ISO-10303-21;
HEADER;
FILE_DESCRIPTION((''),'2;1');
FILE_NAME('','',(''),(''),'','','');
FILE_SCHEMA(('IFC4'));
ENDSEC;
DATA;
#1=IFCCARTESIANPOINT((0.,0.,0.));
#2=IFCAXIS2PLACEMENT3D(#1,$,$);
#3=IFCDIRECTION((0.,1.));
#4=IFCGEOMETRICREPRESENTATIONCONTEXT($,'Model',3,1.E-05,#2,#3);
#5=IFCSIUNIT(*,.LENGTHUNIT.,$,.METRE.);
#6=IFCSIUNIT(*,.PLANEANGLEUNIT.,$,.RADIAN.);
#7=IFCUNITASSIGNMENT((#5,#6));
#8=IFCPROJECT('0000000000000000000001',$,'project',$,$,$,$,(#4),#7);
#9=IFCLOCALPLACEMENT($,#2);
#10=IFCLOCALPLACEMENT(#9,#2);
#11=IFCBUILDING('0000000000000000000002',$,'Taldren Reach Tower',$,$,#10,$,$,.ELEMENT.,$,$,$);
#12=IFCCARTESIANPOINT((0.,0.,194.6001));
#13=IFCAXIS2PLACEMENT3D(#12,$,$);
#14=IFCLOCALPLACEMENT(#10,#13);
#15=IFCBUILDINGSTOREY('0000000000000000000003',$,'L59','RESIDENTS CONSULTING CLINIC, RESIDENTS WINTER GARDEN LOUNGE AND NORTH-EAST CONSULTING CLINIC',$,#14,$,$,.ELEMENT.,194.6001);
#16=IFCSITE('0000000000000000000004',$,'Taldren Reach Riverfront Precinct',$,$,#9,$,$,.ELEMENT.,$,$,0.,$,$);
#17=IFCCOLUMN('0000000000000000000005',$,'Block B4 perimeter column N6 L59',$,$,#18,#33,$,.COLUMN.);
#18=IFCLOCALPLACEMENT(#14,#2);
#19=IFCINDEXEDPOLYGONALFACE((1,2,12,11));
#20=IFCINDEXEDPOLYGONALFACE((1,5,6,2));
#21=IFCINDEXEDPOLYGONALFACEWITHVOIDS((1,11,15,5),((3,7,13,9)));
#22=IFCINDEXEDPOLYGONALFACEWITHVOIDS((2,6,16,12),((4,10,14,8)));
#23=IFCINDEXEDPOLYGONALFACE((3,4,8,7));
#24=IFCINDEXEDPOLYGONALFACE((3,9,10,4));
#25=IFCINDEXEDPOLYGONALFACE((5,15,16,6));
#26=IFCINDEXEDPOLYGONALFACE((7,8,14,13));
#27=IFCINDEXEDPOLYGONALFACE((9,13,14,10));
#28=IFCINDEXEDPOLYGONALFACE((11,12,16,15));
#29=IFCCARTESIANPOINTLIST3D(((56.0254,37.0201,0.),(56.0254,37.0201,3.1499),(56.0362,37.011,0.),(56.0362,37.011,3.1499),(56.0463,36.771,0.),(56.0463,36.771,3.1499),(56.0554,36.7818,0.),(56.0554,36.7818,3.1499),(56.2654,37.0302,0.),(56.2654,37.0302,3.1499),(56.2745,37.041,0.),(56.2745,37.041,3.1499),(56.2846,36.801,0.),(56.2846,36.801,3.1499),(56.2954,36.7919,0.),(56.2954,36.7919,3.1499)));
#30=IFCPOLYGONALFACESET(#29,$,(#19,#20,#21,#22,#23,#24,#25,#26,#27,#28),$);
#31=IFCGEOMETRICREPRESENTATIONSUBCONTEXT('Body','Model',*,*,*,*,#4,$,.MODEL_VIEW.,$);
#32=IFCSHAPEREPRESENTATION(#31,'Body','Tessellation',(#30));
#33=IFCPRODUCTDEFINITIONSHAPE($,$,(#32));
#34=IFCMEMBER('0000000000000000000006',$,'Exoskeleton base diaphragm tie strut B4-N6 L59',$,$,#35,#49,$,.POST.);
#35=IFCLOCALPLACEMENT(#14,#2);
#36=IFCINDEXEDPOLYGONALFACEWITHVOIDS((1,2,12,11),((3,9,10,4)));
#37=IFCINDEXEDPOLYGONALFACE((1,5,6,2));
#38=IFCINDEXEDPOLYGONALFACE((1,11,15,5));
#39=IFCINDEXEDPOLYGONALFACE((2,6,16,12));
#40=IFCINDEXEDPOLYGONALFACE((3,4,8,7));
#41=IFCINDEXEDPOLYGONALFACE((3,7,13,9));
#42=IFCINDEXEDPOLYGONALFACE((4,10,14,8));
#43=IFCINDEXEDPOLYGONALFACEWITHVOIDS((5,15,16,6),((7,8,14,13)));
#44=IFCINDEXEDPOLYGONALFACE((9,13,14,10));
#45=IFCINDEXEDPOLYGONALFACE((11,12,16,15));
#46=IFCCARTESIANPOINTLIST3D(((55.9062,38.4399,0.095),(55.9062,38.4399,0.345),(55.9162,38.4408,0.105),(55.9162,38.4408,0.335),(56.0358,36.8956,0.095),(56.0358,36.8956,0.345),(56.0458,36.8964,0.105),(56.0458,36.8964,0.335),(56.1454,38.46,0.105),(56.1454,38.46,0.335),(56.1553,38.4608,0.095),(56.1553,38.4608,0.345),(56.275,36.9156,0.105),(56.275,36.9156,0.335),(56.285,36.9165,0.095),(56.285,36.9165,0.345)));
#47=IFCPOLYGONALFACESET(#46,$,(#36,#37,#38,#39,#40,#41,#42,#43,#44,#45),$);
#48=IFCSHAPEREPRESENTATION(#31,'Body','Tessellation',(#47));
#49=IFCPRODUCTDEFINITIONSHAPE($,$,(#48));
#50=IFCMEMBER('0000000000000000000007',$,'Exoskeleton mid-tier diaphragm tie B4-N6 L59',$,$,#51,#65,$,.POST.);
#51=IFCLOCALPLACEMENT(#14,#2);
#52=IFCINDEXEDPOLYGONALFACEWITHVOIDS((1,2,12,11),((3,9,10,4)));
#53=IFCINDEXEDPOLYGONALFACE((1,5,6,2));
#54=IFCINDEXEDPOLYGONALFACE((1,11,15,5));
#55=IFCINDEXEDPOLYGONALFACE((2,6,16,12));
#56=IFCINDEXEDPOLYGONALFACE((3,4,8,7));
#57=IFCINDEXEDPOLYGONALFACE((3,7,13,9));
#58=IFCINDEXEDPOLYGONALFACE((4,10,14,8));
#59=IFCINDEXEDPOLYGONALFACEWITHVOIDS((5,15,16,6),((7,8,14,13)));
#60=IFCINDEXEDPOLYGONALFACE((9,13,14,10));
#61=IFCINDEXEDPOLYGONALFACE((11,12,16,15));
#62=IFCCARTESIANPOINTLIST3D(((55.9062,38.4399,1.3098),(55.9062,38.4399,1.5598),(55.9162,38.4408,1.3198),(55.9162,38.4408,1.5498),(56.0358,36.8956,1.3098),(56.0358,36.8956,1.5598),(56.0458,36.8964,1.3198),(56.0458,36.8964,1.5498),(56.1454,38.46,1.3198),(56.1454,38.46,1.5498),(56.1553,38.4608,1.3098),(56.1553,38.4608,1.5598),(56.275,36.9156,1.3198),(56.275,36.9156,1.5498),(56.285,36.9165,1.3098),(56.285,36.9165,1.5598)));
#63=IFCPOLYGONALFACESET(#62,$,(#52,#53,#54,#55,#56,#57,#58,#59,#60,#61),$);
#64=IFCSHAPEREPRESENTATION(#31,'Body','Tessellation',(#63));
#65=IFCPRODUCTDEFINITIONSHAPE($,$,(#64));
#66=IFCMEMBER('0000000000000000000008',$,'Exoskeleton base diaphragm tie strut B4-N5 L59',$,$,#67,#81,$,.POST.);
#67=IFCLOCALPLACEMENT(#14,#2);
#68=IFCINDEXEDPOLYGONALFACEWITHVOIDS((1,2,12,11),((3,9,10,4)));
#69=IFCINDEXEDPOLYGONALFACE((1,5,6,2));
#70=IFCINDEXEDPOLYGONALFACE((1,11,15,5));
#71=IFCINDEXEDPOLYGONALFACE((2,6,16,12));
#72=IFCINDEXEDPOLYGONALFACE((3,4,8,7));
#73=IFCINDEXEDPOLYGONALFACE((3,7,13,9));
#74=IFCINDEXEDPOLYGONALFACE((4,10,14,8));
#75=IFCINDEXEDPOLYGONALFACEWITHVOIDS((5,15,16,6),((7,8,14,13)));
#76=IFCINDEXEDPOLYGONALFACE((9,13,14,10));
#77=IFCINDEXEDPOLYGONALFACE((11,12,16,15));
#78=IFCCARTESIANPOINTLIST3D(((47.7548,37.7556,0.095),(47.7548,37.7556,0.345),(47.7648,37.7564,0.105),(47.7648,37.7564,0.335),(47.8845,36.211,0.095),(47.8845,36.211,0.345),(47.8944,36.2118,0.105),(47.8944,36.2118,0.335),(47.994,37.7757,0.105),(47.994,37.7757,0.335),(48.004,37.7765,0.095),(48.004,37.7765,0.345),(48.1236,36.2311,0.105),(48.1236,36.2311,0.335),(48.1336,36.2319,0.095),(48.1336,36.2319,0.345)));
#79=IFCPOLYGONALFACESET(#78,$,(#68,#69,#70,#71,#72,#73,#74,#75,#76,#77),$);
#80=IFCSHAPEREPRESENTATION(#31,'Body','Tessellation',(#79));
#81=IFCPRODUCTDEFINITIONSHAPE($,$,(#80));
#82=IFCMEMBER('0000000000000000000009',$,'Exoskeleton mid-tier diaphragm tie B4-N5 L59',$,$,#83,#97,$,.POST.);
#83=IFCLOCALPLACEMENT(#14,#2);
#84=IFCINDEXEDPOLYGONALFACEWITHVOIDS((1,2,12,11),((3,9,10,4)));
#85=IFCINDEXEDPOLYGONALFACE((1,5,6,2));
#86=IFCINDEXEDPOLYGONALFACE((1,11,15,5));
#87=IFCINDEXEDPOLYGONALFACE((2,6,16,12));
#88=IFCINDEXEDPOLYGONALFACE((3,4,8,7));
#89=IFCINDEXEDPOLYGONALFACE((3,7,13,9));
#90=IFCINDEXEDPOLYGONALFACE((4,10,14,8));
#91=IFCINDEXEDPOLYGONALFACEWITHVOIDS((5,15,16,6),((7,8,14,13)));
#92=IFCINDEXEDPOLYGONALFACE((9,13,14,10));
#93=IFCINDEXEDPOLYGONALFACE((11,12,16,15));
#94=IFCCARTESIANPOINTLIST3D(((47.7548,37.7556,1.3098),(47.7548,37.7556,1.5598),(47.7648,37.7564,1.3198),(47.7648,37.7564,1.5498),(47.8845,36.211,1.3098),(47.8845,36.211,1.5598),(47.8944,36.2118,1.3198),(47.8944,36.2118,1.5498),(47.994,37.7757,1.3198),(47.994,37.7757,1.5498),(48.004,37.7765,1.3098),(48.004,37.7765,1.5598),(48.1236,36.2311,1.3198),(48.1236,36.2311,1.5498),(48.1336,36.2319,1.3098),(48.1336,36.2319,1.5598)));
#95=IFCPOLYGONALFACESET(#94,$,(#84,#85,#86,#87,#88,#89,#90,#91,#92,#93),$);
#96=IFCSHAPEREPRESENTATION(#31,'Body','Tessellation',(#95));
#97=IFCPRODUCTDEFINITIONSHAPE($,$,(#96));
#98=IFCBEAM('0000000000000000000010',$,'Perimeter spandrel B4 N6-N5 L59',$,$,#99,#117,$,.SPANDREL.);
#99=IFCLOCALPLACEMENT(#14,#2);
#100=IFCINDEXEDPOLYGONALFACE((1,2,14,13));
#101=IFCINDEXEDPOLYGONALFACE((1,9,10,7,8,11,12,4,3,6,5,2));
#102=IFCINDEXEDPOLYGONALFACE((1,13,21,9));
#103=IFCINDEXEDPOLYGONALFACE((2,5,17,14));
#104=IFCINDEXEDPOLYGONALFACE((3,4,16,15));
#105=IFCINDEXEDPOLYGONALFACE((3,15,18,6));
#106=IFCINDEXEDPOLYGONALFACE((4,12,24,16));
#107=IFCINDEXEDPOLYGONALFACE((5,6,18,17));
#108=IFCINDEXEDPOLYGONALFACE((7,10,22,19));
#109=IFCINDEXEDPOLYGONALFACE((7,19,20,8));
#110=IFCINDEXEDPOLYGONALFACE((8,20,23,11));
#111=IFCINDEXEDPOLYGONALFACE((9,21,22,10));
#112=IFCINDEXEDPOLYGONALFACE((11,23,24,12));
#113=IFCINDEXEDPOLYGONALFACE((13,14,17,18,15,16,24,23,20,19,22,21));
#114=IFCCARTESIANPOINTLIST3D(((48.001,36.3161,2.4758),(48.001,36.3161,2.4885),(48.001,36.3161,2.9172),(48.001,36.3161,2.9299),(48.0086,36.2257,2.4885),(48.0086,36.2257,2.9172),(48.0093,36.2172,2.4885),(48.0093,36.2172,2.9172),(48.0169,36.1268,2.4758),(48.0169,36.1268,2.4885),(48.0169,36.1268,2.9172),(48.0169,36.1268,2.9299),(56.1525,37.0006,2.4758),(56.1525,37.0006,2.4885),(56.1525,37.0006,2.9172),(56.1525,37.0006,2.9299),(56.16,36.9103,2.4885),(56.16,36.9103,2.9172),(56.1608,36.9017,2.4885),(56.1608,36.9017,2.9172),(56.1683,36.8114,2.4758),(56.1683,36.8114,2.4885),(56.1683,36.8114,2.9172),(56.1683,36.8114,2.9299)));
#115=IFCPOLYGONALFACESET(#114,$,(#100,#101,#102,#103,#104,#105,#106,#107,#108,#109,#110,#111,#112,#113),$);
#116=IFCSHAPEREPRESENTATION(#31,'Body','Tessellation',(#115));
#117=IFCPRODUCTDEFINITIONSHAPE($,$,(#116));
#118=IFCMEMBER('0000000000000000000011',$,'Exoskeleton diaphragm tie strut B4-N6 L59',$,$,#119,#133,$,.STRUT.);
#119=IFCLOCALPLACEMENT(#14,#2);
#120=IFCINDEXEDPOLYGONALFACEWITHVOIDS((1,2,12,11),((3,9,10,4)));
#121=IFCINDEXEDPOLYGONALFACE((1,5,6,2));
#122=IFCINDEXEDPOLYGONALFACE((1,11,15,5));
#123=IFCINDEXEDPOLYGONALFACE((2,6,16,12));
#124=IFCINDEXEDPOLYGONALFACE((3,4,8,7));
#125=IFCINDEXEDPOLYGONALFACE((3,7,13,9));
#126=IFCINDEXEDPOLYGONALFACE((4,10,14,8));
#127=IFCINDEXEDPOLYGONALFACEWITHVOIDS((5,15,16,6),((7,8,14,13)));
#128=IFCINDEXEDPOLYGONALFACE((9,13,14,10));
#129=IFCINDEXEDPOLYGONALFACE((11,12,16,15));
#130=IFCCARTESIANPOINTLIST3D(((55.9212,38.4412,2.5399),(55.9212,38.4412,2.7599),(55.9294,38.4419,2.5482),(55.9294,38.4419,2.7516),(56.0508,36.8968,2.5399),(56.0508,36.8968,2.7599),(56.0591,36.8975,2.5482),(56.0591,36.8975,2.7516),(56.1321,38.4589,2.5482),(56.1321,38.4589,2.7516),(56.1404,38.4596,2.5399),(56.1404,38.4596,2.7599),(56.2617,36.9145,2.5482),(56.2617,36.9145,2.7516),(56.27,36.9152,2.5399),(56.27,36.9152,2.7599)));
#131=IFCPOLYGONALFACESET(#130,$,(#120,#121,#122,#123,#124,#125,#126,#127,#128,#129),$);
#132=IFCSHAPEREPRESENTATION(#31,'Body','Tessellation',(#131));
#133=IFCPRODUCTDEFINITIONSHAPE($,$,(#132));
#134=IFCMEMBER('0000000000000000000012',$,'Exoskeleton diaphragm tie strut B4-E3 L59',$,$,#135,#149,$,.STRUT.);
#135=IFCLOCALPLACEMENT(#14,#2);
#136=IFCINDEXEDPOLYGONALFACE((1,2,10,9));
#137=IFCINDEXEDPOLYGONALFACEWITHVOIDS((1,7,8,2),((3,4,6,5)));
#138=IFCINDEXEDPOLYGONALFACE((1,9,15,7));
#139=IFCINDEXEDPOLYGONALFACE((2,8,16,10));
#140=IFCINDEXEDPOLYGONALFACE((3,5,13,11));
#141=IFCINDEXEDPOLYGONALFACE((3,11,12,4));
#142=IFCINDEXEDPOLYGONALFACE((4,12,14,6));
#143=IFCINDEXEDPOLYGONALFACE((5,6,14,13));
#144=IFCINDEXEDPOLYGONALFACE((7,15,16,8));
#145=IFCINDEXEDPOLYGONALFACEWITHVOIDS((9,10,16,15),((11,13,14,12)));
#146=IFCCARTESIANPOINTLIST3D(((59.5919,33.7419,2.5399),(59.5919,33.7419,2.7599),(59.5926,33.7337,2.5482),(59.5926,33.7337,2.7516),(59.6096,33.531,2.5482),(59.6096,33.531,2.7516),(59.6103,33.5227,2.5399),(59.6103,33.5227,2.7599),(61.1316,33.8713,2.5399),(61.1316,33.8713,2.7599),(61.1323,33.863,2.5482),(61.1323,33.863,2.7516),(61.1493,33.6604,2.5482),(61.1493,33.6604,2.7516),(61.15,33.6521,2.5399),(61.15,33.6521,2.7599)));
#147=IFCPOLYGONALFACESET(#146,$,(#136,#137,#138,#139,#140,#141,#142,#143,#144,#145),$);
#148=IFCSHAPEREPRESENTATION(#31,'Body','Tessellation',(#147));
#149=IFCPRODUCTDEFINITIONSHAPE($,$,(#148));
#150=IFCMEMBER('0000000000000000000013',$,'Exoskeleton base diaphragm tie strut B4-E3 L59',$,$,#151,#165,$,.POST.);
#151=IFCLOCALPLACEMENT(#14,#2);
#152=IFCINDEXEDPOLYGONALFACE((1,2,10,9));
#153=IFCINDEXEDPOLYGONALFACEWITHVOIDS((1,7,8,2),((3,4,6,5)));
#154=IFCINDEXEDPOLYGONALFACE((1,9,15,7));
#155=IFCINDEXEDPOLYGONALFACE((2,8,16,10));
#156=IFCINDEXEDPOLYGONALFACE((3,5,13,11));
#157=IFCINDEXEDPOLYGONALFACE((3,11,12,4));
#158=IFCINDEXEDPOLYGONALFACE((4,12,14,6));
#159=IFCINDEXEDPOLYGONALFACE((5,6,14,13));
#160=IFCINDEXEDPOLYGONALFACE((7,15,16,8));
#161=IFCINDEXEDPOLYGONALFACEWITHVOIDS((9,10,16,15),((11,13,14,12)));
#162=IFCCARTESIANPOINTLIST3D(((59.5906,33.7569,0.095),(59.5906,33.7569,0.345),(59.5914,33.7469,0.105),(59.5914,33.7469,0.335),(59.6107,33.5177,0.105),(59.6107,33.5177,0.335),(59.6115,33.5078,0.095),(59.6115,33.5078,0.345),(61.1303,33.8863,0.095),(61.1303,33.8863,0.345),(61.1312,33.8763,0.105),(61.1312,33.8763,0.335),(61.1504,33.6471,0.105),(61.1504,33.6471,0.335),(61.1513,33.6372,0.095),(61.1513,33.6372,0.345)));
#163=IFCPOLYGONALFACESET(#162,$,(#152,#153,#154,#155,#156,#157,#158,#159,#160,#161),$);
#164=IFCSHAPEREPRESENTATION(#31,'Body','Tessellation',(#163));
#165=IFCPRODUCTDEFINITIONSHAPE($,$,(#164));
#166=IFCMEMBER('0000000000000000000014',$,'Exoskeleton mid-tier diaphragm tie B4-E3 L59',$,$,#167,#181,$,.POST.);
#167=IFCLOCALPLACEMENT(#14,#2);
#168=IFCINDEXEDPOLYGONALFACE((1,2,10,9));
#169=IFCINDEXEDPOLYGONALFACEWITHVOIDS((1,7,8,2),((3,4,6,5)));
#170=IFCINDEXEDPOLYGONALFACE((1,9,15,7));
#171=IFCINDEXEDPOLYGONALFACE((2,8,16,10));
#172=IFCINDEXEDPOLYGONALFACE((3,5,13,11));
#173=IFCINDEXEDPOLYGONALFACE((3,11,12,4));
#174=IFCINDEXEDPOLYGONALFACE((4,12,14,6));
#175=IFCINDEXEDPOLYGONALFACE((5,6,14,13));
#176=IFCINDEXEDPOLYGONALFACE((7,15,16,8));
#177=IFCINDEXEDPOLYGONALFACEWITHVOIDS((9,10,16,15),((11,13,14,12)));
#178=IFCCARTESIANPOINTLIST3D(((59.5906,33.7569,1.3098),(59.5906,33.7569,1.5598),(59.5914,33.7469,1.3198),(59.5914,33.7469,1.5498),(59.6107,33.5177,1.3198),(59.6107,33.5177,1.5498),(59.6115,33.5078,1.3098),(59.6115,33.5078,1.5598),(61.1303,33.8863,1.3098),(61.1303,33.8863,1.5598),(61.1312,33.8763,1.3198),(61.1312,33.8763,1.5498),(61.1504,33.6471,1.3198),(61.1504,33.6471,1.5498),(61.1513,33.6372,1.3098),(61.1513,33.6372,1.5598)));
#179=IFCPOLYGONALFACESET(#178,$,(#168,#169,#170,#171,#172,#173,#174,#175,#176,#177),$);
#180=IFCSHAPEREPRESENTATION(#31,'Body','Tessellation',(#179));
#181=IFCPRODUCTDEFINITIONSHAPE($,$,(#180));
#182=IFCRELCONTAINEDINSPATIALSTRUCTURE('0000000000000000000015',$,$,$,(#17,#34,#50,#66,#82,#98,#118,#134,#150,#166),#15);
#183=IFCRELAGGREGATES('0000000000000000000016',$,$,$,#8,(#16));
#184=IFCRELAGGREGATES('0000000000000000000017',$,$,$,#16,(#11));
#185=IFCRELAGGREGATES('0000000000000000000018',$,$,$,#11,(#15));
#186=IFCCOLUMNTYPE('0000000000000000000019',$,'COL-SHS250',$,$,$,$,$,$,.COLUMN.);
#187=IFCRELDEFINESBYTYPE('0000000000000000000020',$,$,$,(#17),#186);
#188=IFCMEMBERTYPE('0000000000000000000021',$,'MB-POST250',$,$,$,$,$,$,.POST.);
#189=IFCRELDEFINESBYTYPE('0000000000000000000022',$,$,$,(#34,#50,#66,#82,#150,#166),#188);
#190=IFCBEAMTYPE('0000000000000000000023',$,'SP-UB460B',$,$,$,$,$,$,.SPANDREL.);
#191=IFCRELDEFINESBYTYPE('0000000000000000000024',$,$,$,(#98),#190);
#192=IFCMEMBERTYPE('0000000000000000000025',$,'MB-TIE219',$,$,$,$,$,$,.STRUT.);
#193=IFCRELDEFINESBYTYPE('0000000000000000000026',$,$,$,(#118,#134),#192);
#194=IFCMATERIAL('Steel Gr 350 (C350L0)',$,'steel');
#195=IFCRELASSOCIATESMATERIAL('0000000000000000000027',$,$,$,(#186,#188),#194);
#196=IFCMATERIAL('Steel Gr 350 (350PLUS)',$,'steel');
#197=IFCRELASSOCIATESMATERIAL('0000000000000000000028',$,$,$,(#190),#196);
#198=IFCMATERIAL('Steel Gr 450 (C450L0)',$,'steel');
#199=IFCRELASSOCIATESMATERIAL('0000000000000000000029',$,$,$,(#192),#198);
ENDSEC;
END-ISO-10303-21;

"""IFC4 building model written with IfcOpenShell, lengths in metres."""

from ifc_helpers import new_model, si_unit, direction, frame, origin, origin_2d, place, context, subcontext, project, spatial, hollow_rectangle, i_section, extrude, source, transform, mapped, material, material_profile, profile_set, type_object, element, save


model = new_model("IFC4")

# Units and contexts
model_context = context("Model", 3, precision=1e-05, world=origin(), true_north=direction((0.0, 1.0)))
body_context = subcontext(model_context, "Body", "Model", "MODEL_VIEW")
ifc_project = project(units=[si_unit("LENGTHUNIT", "METRE"), si_unit("PLANEANGLEUNIT", "RADIAN")], contexts=[model_context])

# Site, building, storey
site_placement = place(None, origin())
site = spatial("IfcSite", under=ifc_project, at=site_placement, Name="Taldren Reach Riverfront Precinct", CompositionType="ELEMENT", RefElevation=0.0)
building_placement = place(site_placement, origin())
building = spatial("IfcBuilding", under=site, at=building_placement, Name="Taldren Reach Tower", CompositionType="ELEMENT")
storey_placement = place(building_placement, frame((0.0, 0.0, 194.6001)))
storey = spatial("IfcBuildingStorey", under=building, at=storey_placement, Name="L59", Description="RESIDENTS CONSULTING CLINIC, RESIDENTS WINTER GARDEN LOUNGE AND NORTH-EAST CONSULTING CLINIC", CompositionType="ELEMENT", Elevation=194.6001)

# Column
ifc_material_1 = material(Name="Steel Gr 350 (C350L0)", Category="steel")
ifc_material_profile_1 = material_profile(ifc_material_1, hollow_rectangle(XDim=0.25, YDim=0.25, WallThickness=0.01, at=origin_2d()), Name="250x250x10.0SHS")
ifc_profile_set_1 = profile_set([ifc_material_profile_1], Name="Steel Gr 350 (C350L0)")
column_type = type_object("IfcColumnType", Name="COL-SHS250", PredefinedType="COLUMN", material=ifc_profile_set_1)
shared_shape_1 = source(origin(), body_context, "Body", "SweptSolid", [
    extrude(hollow_rectangle(XDim=0.25, YDim=0.25, WallThickness=0.01, at=origin_2d()), origin(), (0.0, 0.0, 1.0), 3.1499),
])
column_placement = place(storey_placement, frame((56.1604, 36.906, 0.0), z_axis=(0.0, 0.0, 1.0), x_axis=(0.996493, 0.083678, 0.0)))
element("IfcColumn", 1, at=column_placement, inside=storey, type_object=column_type, Name="Block B4 perimeter column N6 L59", PredefinedType="COLUMN", context=body_context, shape_type="MappedRepresentation", body=[
    mapped(shared_shape_1, transform((0.0, 0.0, 0.0), scale=1.0)),
])

# Members
ifc_material_profile_2 = material_profile(ifc_material_1, hollow_rectangle(XDim=0.25, YDim=0.25, WallThickness=0.01, at=origin_2d()), Name="250x250x10.0SHS")
ifc_profile_set_2 = profile_set([ifc_material_profile_2], Name="Steel Gr 350 (C350L0)")
member_type_1 = type_object("IfcMemberType", Name="MB-POST250", PredefinedType="POST", material=ifc_profile_set_2)
shared_shape_2 = source(origin(), body_context, "Body", "SweptSolid", [
    extrude(hollow_rectangle(XDim=0.25, YDim=0.25, WallThickness=0.01, at=origin_2d()), origin(), (0.0, 0.0, 1.0), 1.5498),
])
for number, where, z_axis, x_axis, name in (
    (2, (56.1604, 36.906, 0.22), (-0.083645, 0.996496, 0.0), (-0.996496, -0.083645, 0.0), "Exoskeleton base diaphragm tie strut B4-N6 L59"),
    (3, (56.1604, 36.906, 1.4348), (-0.083645, 0.996496, 0.0), (-0.996496, -0.083645, 0.0), "Exoskeleton mid-tier diaphragm tie B4-N6 L59"),
):
    element("IfcMember", number, at=place(storey_placement, frame(where, z_axis=z_axis, x_axis=x_axis)), inside=storey, type_object=member_type_1, Name=name, PredefinedType="POST", context=body_context, shape_type="MappedRepresentation", body=[
        mapped(shared_shape_2, transform((0.0, 0.0, 0.0), scale=1.0)),
    ])
shared_shape_3 = source(origin(), body_context, "Body", "SweptSolid", [
    extrude(hollow_rectangle(XDim=0.25, YDim=0.25, WallThickness=0.01, at=origin_2d()), origin(), (0.0, 0.0, 1.0), 1.55),
])
for number, where, z_axis, x_axis, name in (
    (4, (48.009, 36.2214, 0.22), (-0.083632, 0.996497, 0.0), (-0.996497, -0.083632, 0.0), "Exoskeleton base diaphragm tie strut B4-N5 L59"),
    (5, (48.009, 36.2214, 1.4348), (-0.083632, 0.996497, 0.0), (-0.996497, -0.083632, 0.0), "Exoskeleton mid-tier diaphragm tie B4-N5 L59"),
):
    element("IfcMember", number, at=place(storey_placement, frame(where, z_axis=z_axis, x_axis=x_axis)), inside=storey, type_object=member_type_1, Name=name, PredefinedType="POST", context=body_context, shape_type="MappedRepresentation", body=[
        mapped(shared_shape_3, transform((0.0, 0.0, 0.0), scale=1.0)),
    ])

# Beam
ifc_material_2 = material(Name="Steel Gr 350 (350PLUS)", Category="steel")
ifc_material_profile_3 = material_profile(ifc_material_2, i_section(OverallWidth=0.1899, OverallDepth=0.4541, WebThickness=0.0085, FlangeThickness=0.0127, at=origin_2d()), Name="460UB67.1")
ifc_profile_set_3 = profile_set([ifc_material_profile_3], Name="Steel Gr 350 (350PLUS)")
beam_type = type_object("IfcBeamType", Name="SP-UB460B", PredefinedType="SPANDREL", material=ifc_profile_set_3)
shared_shape_4 = source(origin(), body_context, "Body", "SweptSolid", [
    extrude(i_section(OverallWidth=0.1899, OverallDepth=0.4541, WebThickness=0.0085, FlangeThickness=0.0127, at=origin_2d()), origin(), (0.0, 0.0, 1.0), 8.1802),
])
beam_placement = place(storey_placement, frame((56.1604, 36.906, 2.7029), z_axis=(-0.996492, -0.083688, 0.0), x_axis=(0.083688, -0.996492, 0.0)))
element("IfcBeam", 6, at=beam_placement, inside=storey, type_object=beam_type, Name="Perimeter spandrel B4 N6-N5 L59", PredefinedType="SPANDREL", context=body_context, shape_type="MappedRepresentation", body=[
    mapped(shared_shape_4, transform((0.0, 0.0, 0.0), scale=1.0)),
])

# Members
ifc_material_3 = material(Name="Steel Gr 450 (C450L0)", Category="steel")
ifc_material_profile_4 = material_profile(ifc_material_3, hollow_rectangle(XDim=0.22, YDim=0.22, WallThickness=0.0083, at=origin_2d()), Name="220x220x8.2SHS")
ifc_profile_set_4 = profile_set([ifc_material_profile_4], Name="Steel Gr 450 (C450L0)")
member_type_2 = type_object("IfcMemberType", Name="MB-TIE219", PredefinedType="STRUT", material=ifc_profile_set_4)
shared_shape_5 = source(origin(), body_context, "Body", "SweptSolid", [
    extrude(hollow_rectangle(XDim=0.22, YDim=0.22, WallThickness=0.0083, at=origin_2d()), origin(), (0.0, 0.0, 1.0), 1.5498),
])
member_1_placement = place(storey_placement, frame((56.1604, 36.906, 2.6499), z_axis=(-0.083645, 0.996496, 0.0), x_axis=(-0.996496, -0.083645, 0.0)))
element("IfcMember", 7, at=member_1_placement, inside=storey, type_object=member_type_2, Name="Exoskeleton diaphragm tie strut B4-N6 L59", PredefinedType="STRUT", context=body_context, shape_type="MappedRepresentation", body=[
    mapped(shared_shape_5, transform((0.0, 0.0, 0.0), scale=1.0)),
])
shared_shape_6 = source(origin(), body_context, "Body", "SweptSolid", [
    extrude(hollow_rectangle(XDim=0.22, YDim=0.22, WallThickness=0.0083, at=origin_2d()), origin(), (0.0, 0.0, 1.0), 1.5452),
])
member_2_placement = place(storey_placement, frame((59.6011, 33.6323, 2.6499), z_axis=(0.996488, 0.083738, 0.0), x_axis=(-0.083738, 0.996488, 0.0)))
element("IfcMember", 8, at=member_2_placement, inside=storey, type_object=member_type_2, Name="Exoskeleton diaphragm tie strut B4-E3 L59", PredefinedType="STRUT", context=body_context, shape_type="MappedRepresentation", body=[
    mapped(shared_shape_6, transform((0.0, 0.0, 0.0), scale=1.0)),
])
shared_shape_7 = source(origin(), body_context, "Body", "SweptSolid", [
    extrude(hollow_rectangle(XDim=0.25, YDim=0.25, WallThickness=0.01, at=origin_2d()), origin(), (0.0, 0.0, 1.0), 1.5452),
])
for number, where, z_axis, x_axis, name in (
    (9, (59.6011, 33.6323, 0.22), (0.996488, 0.083738, 0.0), (-0.083738, 0.996488, 0.0), "Exoskeleton base diaphragm tie strut B4-E3 L59"),
    (10, (59.6011, 33.6323, 1.4348), (0.996488, 0.083738, 0.0), (-0.083738, 0.996488, 0.0), "Exoskeleton mid-tier diaphragm tie B4-E3 L59"),
):
    element("IfcMember", number, at=place(storey_placement, frame(where, z_axis=z_axis, x_axis=x_axis)), inside=storey, type_object=member_type_1, Name=name, PredefinedType="POST", context=body_context, shape_type="MappedRepresentation", body=[
        mapped(shared_shape_7, transform((0.0, 0.0, 0.0), scale=1.0)),
    ])

save(model, "model.ifc")
